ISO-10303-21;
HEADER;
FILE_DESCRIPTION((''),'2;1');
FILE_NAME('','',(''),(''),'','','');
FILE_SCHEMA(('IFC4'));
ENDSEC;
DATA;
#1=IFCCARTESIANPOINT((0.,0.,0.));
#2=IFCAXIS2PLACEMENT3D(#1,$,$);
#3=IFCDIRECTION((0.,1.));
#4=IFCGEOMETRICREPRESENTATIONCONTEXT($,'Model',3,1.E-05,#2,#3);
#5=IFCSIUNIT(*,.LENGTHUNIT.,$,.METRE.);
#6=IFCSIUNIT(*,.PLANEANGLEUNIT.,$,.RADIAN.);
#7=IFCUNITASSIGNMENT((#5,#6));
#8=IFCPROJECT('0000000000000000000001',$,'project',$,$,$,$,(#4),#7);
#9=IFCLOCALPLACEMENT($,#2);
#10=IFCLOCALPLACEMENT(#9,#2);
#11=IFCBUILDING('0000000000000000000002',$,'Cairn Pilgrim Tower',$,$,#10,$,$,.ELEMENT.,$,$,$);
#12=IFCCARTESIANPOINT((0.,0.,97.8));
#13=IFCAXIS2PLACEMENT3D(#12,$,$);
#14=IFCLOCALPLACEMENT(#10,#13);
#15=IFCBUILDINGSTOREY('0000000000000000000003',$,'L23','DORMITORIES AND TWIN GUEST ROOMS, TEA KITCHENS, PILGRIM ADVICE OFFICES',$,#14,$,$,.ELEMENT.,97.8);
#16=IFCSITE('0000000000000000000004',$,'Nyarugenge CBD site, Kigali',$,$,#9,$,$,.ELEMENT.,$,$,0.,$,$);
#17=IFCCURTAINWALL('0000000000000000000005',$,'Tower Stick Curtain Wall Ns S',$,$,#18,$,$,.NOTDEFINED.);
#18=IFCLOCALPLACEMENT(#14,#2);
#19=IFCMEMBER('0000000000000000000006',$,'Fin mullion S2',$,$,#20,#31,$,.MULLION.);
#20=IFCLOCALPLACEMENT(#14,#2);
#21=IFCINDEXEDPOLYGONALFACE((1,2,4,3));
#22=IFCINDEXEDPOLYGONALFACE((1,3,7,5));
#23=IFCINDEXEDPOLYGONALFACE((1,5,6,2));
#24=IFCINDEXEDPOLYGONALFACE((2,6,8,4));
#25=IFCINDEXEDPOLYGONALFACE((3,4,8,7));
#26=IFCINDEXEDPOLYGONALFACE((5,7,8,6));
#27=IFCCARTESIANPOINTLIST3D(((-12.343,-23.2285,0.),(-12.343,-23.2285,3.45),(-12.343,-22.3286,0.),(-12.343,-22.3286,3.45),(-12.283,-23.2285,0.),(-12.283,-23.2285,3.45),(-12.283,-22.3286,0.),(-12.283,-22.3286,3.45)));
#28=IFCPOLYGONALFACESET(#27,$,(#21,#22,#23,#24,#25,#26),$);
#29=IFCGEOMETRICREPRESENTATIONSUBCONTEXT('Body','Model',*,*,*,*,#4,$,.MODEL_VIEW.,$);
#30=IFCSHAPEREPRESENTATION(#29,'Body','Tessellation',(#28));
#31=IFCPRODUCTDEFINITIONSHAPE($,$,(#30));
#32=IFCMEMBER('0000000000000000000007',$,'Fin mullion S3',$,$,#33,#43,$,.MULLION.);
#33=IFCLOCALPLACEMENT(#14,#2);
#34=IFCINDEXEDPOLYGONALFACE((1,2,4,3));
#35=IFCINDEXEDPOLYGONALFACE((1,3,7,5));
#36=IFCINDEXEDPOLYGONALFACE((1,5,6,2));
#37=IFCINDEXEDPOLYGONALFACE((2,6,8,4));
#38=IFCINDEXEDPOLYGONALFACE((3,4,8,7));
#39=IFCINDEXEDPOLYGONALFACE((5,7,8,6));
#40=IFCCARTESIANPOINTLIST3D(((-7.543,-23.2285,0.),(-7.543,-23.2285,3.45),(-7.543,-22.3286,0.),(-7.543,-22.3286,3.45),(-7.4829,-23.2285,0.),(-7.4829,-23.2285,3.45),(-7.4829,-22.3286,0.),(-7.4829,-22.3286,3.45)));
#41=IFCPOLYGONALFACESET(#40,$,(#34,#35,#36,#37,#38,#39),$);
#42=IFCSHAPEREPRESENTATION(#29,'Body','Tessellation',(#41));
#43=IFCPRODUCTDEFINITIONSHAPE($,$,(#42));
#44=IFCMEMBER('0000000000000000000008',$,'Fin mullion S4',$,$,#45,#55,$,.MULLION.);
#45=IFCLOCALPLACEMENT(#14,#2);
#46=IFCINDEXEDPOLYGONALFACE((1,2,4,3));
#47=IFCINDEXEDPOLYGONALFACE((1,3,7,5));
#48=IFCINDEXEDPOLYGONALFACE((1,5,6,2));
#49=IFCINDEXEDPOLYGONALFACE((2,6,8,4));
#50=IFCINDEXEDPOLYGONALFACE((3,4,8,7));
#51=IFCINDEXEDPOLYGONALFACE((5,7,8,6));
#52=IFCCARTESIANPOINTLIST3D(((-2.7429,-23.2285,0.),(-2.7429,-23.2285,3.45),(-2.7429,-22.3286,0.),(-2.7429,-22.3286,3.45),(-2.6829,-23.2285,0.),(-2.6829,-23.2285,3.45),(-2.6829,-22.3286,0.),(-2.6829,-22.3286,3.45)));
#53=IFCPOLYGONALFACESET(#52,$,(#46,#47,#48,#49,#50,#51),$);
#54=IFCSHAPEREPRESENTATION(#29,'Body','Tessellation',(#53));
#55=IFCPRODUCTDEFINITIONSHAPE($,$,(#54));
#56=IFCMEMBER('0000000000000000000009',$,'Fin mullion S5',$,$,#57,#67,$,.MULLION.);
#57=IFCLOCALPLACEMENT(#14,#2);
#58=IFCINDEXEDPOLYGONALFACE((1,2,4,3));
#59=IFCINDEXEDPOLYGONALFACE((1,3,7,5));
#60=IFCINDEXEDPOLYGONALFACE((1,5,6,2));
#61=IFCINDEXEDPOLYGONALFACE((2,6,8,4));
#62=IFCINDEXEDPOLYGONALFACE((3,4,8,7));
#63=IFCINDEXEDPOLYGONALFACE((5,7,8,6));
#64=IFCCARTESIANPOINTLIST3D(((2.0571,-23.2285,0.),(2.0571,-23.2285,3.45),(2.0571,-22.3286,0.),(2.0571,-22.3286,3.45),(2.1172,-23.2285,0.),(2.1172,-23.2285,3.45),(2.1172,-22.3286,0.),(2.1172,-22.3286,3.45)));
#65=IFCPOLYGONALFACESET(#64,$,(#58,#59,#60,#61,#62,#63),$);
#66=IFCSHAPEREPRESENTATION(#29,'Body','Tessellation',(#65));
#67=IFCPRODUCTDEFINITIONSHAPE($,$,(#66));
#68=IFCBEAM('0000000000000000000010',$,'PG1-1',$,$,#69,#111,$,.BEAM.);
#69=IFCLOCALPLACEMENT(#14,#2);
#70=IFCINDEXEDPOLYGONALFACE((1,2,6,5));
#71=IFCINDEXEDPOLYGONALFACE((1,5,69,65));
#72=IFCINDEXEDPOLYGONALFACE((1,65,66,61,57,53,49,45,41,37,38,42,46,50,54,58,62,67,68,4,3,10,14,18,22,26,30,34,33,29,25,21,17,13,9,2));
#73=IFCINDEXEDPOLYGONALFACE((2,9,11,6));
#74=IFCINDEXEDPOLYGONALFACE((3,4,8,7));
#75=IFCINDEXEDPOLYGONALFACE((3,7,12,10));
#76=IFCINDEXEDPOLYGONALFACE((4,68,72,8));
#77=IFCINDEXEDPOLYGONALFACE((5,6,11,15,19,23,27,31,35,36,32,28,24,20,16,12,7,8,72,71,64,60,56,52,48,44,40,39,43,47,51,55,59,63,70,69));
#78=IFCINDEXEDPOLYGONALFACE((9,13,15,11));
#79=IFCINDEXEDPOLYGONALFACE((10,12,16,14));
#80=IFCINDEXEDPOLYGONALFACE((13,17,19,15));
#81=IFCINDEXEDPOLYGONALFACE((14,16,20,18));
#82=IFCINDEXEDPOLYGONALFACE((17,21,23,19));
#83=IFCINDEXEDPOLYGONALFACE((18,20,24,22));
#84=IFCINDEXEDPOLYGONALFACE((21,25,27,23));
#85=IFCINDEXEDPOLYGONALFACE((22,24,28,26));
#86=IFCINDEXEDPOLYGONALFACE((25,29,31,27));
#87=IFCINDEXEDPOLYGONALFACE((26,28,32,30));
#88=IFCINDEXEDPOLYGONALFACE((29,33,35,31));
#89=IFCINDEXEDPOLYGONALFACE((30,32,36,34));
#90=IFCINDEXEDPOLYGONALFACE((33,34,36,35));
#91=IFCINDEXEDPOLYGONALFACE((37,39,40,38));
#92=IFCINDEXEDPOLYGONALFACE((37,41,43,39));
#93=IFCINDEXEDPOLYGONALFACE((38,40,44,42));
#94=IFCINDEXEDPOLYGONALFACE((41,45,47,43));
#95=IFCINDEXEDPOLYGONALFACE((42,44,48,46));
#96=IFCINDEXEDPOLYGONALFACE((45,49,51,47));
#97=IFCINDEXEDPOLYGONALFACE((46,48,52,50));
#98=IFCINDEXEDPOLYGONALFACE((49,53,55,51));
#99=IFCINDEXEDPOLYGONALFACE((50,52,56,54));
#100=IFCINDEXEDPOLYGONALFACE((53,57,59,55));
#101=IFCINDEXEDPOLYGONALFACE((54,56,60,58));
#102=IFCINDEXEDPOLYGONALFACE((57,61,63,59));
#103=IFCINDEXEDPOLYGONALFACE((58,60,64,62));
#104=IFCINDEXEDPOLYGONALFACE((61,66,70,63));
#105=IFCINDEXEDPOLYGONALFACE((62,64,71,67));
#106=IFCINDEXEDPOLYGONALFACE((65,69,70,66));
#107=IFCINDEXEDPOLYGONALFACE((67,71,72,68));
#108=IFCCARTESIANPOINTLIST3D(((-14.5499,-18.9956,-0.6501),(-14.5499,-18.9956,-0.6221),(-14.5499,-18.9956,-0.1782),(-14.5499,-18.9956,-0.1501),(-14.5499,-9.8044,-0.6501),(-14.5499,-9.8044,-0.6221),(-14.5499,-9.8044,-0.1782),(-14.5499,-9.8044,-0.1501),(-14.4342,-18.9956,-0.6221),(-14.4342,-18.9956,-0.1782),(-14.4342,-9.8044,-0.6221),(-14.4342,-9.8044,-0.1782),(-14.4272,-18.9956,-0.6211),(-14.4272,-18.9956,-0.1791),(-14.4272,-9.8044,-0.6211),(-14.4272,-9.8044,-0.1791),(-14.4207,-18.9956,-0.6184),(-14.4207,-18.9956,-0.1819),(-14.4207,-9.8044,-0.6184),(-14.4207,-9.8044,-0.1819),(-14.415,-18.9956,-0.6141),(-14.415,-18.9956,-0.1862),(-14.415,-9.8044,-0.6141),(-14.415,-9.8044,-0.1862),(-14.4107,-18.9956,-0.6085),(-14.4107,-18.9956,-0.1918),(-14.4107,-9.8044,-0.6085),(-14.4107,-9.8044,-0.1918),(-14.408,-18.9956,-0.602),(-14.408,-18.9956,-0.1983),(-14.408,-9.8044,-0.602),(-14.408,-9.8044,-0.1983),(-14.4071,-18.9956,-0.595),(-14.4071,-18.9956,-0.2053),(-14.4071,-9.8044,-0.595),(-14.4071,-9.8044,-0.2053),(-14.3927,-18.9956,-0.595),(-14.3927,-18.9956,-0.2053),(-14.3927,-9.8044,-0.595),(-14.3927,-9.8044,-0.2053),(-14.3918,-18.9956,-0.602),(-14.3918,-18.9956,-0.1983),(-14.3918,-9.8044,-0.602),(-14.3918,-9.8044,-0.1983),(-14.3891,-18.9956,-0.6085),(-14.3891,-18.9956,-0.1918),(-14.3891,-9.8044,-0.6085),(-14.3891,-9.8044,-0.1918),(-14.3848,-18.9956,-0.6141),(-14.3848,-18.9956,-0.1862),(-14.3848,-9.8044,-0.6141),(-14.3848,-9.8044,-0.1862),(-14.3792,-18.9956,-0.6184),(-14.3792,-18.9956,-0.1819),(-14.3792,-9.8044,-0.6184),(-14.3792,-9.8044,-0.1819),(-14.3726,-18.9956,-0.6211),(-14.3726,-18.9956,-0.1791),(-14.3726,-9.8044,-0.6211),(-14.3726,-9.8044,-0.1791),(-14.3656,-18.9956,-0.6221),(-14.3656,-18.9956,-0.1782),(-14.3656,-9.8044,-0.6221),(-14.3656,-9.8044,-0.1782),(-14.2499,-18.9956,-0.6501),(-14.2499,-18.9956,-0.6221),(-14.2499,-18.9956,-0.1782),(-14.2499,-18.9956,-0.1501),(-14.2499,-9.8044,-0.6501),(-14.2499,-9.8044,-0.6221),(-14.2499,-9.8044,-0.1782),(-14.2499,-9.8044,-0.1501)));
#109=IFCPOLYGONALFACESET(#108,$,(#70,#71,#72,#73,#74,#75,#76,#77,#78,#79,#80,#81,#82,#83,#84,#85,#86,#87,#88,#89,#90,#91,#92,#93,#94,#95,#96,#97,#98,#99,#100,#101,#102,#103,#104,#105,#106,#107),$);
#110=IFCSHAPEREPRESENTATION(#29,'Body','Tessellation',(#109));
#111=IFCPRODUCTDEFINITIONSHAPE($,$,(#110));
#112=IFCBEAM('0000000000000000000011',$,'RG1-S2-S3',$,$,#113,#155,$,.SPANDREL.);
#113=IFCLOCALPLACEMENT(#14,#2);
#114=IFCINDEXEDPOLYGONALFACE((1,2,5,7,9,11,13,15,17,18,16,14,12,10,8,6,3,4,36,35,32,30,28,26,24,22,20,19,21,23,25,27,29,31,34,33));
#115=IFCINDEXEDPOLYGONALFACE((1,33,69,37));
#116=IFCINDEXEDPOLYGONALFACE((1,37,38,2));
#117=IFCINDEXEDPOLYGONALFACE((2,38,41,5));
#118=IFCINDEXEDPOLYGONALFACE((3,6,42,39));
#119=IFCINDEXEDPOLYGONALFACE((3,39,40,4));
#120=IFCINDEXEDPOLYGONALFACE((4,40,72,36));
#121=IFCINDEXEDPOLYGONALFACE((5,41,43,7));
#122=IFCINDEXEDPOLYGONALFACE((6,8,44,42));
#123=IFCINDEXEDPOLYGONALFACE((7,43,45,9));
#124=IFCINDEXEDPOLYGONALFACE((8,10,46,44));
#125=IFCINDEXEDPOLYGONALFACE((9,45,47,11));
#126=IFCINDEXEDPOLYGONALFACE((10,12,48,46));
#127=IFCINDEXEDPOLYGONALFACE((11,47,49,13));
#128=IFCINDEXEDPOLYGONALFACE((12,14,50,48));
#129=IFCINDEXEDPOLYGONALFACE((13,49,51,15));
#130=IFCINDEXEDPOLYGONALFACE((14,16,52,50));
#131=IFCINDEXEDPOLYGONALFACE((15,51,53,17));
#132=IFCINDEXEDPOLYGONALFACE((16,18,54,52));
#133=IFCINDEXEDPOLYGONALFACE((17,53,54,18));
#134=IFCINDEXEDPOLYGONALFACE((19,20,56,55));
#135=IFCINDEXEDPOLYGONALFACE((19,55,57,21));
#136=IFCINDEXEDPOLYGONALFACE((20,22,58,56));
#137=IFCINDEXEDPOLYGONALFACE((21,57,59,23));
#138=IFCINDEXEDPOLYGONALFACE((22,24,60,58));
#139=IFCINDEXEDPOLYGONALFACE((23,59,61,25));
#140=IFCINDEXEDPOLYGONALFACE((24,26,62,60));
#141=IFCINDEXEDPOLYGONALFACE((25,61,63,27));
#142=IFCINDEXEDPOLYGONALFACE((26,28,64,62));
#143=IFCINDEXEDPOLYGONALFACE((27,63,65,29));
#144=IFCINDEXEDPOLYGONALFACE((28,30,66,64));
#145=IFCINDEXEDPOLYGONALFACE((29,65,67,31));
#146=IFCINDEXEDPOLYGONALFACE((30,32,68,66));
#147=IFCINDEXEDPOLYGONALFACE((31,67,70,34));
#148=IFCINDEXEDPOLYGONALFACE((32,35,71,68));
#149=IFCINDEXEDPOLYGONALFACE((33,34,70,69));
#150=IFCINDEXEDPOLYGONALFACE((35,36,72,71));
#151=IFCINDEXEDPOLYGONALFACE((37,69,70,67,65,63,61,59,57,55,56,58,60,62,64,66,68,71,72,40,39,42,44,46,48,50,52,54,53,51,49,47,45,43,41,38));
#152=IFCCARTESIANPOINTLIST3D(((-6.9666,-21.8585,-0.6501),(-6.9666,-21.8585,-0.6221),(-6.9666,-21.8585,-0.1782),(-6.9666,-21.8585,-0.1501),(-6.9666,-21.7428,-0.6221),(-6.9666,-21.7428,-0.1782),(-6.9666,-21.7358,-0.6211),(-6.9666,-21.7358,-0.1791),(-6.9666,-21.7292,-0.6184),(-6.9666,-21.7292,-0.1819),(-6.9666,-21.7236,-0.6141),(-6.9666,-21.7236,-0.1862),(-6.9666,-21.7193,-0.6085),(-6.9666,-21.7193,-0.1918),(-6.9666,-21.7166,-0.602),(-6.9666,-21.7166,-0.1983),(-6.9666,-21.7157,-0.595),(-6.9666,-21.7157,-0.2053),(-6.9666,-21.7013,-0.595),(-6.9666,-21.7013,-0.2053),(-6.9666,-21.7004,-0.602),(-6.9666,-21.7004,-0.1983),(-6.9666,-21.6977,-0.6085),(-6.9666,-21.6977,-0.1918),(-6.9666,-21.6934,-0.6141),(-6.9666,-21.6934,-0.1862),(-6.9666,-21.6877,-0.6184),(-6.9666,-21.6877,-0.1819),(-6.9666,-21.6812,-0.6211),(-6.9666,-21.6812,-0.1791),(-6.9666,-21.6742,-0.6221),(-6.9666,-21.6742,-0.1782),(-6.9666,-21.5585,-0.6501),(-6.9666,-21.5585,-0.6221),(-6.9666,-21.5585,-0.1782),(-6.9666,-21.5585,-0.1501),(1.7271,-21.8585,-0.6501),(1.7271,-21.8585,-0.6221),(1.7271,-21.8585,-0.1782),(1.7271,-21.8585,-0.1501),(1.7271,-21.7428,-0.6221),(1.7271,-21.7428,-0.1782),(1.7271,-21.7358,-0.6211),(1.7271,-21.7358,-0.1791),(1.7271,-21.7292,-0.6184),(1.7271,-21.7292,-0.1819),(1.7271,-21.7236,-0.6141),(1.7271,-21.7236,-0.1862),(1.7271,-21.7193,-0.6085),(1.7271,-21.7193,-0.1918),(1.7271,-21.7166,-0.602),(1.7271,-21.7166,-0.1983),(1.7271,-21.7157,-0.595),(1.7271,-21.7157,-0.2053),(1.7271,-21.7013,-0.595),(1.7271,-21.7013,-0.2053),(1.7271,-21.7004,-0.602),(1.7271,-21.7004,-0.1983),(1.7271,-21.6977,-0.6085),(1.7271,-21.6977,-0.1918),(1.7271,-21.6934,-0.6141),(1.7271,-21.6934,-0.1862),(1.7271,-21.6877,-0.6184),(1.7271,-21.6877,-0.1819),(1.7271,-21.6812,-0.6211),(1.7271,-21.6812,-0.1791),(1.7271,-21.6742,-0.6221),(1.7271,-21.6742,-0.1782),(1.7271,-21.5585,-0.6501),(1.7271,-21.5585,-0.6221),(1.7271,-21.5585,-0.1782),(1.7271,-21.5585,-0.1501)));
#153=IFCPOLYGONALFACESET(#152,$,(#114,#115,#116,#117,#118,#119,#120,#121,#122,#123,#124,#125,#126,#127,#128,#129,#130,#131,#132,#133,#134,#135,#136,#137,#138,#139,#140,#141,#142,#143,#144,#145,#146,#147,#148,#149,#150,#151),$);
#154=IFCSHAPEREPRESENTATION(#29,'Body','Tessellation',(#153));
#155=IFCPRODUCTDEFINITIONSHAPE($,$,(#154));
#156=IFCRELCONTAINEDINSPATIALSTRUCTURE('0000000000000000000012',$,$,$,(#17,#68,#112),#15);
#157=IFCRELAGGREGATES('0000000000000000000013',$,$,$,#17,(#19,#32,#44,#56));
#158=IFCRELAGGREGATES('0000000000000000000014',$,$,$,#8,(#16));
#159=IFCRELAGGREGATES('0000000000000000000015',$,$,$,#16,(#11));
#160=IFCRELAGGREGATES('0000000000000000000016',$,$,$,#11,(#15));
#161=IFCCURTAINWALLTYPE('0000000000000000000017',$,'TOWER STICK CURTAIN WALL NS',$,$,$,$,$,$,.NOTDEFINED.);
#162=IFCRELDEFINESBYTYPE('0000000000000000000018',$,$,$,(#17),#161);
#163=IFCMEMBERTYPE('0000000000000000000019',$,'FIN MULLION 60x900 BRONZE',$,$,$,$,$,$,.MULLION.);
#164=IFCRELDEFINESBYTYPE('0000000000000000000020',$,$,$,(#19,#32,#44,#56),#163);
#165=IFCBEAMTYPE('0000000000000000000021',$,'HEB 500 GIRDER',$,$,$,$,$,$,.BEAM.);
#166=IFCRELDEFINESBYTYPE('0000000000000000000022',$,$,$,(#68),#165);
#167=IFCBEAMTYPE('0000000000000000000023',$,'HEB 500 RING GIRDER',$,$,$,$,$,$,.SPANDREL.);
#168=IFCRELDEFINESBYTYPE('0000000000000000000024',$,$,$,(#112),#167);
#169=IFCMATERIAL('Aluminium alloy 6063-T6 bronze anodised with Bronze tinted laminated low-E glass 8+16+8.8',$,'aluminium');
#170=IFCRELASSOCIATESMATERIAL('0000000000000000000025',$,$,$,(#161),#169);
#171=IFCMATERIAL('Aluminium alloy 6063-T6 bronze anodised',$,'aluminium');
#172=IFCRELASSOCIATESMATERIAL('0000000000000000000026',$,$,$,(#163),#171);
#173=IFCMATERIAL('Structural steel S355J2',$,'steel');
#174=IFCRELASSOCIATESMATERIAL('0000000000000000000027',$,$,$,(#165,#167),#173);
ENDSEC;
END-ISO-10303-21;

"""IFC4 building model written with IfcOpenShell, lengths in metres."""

from ifc_helpers import new_model, si_unit, direction, frame, origin, origin_2d, place, context, subcontext, project, spatial, rectangle, i_section, extrude, material, material_profile, profile_set, type_object, element, aggregate, save


model = new_model("IFC4")

# Units and contexts
model_context = context("Model", 3, precision=1e-05, world=origin(), true_north=direction((0.0, 1.0)))
body_context = subcontext(model_context, "Body", "Model", "MODEL_VIEW")
ifc_project = project(units=[si_unit("LENGTHUNIT", "METRE"), si_unit("PLANEANGLEUNIT", "RADIAN")], contexts=[model_context])

# Site, building, storey
site_placement = place(None, origin())
site = spatial("IfcSite", under=ifc_project, at=site_placement, Name="Nyarugenge CBD site, Kigali", CompositionType="ELEMENT", RefElevation=0.0)
building_placement = place(site_placement, origin())
building = spatial("IfcBuilding", under=site, at=building_placement, Name="Cairn Pilgrim Tower", CompositionType="ELEMENT")
storey_placement = place(building_placement, frame((0.0, 0.0, 97.8)))
storey = spatial("IfcBuildingStorey", under=building, at=storey_placement, Name="L23", Description="DORMITORIES AND TWIN GUEST ROOMS, TEA KITCHENS, PILGRIM ADVICE OFFICES", CompositionType="ELEMENT", Elevation=97.8)

# Curtain wall, members
ifc_material_1 = material(Name="Aluminium alloy 6063-T6 bronze anodised with Bronze tinted laminated low-E glass 8+16+8.8", Category="aluminium")
curtain_wall_type = type_object("IfcCurtainWallType", Name="TOWER STICK CURTAIN WALL NS", PredefinedType="NOTDEFINED", material=ifc_material_1)
curtain_wall_placement = place(storey_placement, origin())
curtain_wall = element("IfcCurtainWall", 1, at=curtain_wall_placement, inside=storey, type_object=curtain_wall_type, Name="Tower Stick Curtain Wall Ns S", PredefinedType="NOTDEFINED")
ifc_material_2 = material(Name="Aluminium alloy 6063-T6 bronze anodised", Category="aluminium")
ifc_material_profile_1 = material_profile(ifc_material_2, rectangle(XDim=0.8999, YDim=0.0601, at=origin_2d()), Name="FIN MULLION 60x900 BRONZE")
ifc_profile_set_1 = profile_set([ifc_material_profile_1], Name="Aluminium alloy 6063-T6 bronze anodised")
member_type_1 = type_object("IfcMemberType", Name="FIN MULLION 60x900 BRONZE", PredefinedType="MULLION", material=ifc_profile_set_1)
member_1_placement = place(storey_placement, frame((-12.313, -22.7786, 0.0), z_axis=(0.0, 0.0, 1.0), x_axis=(0.0, -1.0, 0.0)))
member_1 = element("IfcMember", 2, at=member_1_placement, type_object=member_type_1, Name="Fin mullion S2", PredefinedType="MULLION", context=body_context, shape_type="SweptSolid", body=[
    extrude(rectangle(XDim=0.8999, YDim=0.0601, at=origin_2d()), origin(), (0.0, 0.0, 1.0), 3.45),
])
member_2_placement = place(storey_placement, frame((-7.5129, -22.7786, 0.0), z_axis=(0.0, 0.0, 1.0), x_axis=(0.0, -1.0, 0.0)))
member_2 = element("IfcMember", 3, at=member_2_placement, type_object=member_type_1, Name="Fin mullion S3", PredefinedType="MULLION", context=body_context, shape_type="SweptSolid", body=[
    extrude(rectangle(XDim=0.8999, YDim=0.0601, at=origin_2d()), origin(), (0.0, 0.0, 1.0), 3.45),
])
member_3_placement = place(storey_placement, frame((-2.7129, -22.7786, 0.0), z_axis=(0.0, 0.0, 1.0), x_axis=(0.0, -1.0, 0.0)))
member_3 = element("IfcMember", 4, at=member_3_placement, type_object=member_type_1, Name="Fin mullion S4", PredefinedType="MULLION", context=body_context, shape_type="SweptSolid", body=[
    extrude(rectangle(XDim=0.8999, YDim=0.0601, at=origin_2d()), origin(), (0.0, 0.0, 1.0), 3.45),
])
member_4_placement = place(storey_placement, frame((2.0872, -22.7786, 0.0), z_axis=(0.0, 0.0, 1.0), x_axis=(0.0, -1.0, 0.0)))
member_4 = element("IfcMember", 5, at=member_4_placement, type_object=member_type_1, Name="Fin mullion S5", PredefinedType="MULLION", context=body_context, shape_type="SweptSolid", body=[
    extrude(rectangle(XDim=0.8999, YDim=0.0601, at=origin_2d()), origin(), (0.0, 0.0, 1.0), 3.45),
])

# Beams
ifc_material_3 = material(Name="Structural steel S355J2", Category="steel")
ifc_material_profile_2 = material_profile(ifc_material_3, i_section(OverallWidth=0.3, OverallDepth=0.5, WebThickness=0.0144, FlangeThickness=0.0281, FilletRadius=0.0271, at=origin_2d()), Name="HEB 500")
ifc_profile_set_2 = profile_set([ifc_material_profile_2], Name="Structural steel S355J2")
beam_type_1 = type_object("IfcBeamType", Name="HEB 500 GIRDER", PredefinedType="BEAM", material=ifc_profile_set_2)
beam_1_placement = place(storey_placement, frame((-14.3999, -18.9956, -0.4001), z_axis=(0.0, 1.0, 0.0), x_axis=(-1.0, 0.0, 0.0)))
element("IfcBeam", 6, at=beam_1_placement, inside=storey, type_object=beam_type_1, Name="PG1-1", PredefinedType="BEAM", context=body_context, shape_type="SweptSolid", body=[
    extrude(i_section(OverallWidth=0.3, OverallDepth=0.5, WebThickness=0.0144, FlangeThickness=0.0281, FilletRadius=0.0271, at=origin_2d()), origin(), (0.0, 0.0, 1.0), 9.1912),
])
ifc_material_profile_3 = material_profile(ifc_material_3, i_section(OverallWidth=0.3, OverallDepth=0.5, WebThickness=0.0144, FlangeThickness=0.0281, FilletRadius=0.0271, at=origin_2d()), Name="HEB 500")
ifc_profile_set_3 = profile_set([ifc_material_profile_3], Name="Structural steel S355J2")
beam_type_2 = type_object("IfcBeamType", Name="HEB 500 RING GIRDER", PredefinedType="SPANDREL", material=ifc_profile_set_3)
beam_2_placement = place(storey_placement, frame((-6.9666, -21.7085, -0.4001), z_axis=(1.0, 0.0, 0.0), x_axis=(0.0, 1.0, 0.0)))
element("IfcBeam", 7, at=beam_2_placement, inside=storey, type_object=beam_type_2, Name="RG1-S2-S3", PredefinedType="SPANDREL", context=body_context, shape_type="SweptSolid", body=[
    extrude(i_section(OverallWidth=0.3, OverallDepth=0.5, WebThickness=0.0144, FlangeThickness=0.0281, FilletRadius=0.0271, at=origin_2d()), origin(), (0.0, 0.0, 1.0), 8.6936),
])

aggregate(curtain_wall, [member_1, member_2, member_3, member_4])

save(model, "model.ifc")
